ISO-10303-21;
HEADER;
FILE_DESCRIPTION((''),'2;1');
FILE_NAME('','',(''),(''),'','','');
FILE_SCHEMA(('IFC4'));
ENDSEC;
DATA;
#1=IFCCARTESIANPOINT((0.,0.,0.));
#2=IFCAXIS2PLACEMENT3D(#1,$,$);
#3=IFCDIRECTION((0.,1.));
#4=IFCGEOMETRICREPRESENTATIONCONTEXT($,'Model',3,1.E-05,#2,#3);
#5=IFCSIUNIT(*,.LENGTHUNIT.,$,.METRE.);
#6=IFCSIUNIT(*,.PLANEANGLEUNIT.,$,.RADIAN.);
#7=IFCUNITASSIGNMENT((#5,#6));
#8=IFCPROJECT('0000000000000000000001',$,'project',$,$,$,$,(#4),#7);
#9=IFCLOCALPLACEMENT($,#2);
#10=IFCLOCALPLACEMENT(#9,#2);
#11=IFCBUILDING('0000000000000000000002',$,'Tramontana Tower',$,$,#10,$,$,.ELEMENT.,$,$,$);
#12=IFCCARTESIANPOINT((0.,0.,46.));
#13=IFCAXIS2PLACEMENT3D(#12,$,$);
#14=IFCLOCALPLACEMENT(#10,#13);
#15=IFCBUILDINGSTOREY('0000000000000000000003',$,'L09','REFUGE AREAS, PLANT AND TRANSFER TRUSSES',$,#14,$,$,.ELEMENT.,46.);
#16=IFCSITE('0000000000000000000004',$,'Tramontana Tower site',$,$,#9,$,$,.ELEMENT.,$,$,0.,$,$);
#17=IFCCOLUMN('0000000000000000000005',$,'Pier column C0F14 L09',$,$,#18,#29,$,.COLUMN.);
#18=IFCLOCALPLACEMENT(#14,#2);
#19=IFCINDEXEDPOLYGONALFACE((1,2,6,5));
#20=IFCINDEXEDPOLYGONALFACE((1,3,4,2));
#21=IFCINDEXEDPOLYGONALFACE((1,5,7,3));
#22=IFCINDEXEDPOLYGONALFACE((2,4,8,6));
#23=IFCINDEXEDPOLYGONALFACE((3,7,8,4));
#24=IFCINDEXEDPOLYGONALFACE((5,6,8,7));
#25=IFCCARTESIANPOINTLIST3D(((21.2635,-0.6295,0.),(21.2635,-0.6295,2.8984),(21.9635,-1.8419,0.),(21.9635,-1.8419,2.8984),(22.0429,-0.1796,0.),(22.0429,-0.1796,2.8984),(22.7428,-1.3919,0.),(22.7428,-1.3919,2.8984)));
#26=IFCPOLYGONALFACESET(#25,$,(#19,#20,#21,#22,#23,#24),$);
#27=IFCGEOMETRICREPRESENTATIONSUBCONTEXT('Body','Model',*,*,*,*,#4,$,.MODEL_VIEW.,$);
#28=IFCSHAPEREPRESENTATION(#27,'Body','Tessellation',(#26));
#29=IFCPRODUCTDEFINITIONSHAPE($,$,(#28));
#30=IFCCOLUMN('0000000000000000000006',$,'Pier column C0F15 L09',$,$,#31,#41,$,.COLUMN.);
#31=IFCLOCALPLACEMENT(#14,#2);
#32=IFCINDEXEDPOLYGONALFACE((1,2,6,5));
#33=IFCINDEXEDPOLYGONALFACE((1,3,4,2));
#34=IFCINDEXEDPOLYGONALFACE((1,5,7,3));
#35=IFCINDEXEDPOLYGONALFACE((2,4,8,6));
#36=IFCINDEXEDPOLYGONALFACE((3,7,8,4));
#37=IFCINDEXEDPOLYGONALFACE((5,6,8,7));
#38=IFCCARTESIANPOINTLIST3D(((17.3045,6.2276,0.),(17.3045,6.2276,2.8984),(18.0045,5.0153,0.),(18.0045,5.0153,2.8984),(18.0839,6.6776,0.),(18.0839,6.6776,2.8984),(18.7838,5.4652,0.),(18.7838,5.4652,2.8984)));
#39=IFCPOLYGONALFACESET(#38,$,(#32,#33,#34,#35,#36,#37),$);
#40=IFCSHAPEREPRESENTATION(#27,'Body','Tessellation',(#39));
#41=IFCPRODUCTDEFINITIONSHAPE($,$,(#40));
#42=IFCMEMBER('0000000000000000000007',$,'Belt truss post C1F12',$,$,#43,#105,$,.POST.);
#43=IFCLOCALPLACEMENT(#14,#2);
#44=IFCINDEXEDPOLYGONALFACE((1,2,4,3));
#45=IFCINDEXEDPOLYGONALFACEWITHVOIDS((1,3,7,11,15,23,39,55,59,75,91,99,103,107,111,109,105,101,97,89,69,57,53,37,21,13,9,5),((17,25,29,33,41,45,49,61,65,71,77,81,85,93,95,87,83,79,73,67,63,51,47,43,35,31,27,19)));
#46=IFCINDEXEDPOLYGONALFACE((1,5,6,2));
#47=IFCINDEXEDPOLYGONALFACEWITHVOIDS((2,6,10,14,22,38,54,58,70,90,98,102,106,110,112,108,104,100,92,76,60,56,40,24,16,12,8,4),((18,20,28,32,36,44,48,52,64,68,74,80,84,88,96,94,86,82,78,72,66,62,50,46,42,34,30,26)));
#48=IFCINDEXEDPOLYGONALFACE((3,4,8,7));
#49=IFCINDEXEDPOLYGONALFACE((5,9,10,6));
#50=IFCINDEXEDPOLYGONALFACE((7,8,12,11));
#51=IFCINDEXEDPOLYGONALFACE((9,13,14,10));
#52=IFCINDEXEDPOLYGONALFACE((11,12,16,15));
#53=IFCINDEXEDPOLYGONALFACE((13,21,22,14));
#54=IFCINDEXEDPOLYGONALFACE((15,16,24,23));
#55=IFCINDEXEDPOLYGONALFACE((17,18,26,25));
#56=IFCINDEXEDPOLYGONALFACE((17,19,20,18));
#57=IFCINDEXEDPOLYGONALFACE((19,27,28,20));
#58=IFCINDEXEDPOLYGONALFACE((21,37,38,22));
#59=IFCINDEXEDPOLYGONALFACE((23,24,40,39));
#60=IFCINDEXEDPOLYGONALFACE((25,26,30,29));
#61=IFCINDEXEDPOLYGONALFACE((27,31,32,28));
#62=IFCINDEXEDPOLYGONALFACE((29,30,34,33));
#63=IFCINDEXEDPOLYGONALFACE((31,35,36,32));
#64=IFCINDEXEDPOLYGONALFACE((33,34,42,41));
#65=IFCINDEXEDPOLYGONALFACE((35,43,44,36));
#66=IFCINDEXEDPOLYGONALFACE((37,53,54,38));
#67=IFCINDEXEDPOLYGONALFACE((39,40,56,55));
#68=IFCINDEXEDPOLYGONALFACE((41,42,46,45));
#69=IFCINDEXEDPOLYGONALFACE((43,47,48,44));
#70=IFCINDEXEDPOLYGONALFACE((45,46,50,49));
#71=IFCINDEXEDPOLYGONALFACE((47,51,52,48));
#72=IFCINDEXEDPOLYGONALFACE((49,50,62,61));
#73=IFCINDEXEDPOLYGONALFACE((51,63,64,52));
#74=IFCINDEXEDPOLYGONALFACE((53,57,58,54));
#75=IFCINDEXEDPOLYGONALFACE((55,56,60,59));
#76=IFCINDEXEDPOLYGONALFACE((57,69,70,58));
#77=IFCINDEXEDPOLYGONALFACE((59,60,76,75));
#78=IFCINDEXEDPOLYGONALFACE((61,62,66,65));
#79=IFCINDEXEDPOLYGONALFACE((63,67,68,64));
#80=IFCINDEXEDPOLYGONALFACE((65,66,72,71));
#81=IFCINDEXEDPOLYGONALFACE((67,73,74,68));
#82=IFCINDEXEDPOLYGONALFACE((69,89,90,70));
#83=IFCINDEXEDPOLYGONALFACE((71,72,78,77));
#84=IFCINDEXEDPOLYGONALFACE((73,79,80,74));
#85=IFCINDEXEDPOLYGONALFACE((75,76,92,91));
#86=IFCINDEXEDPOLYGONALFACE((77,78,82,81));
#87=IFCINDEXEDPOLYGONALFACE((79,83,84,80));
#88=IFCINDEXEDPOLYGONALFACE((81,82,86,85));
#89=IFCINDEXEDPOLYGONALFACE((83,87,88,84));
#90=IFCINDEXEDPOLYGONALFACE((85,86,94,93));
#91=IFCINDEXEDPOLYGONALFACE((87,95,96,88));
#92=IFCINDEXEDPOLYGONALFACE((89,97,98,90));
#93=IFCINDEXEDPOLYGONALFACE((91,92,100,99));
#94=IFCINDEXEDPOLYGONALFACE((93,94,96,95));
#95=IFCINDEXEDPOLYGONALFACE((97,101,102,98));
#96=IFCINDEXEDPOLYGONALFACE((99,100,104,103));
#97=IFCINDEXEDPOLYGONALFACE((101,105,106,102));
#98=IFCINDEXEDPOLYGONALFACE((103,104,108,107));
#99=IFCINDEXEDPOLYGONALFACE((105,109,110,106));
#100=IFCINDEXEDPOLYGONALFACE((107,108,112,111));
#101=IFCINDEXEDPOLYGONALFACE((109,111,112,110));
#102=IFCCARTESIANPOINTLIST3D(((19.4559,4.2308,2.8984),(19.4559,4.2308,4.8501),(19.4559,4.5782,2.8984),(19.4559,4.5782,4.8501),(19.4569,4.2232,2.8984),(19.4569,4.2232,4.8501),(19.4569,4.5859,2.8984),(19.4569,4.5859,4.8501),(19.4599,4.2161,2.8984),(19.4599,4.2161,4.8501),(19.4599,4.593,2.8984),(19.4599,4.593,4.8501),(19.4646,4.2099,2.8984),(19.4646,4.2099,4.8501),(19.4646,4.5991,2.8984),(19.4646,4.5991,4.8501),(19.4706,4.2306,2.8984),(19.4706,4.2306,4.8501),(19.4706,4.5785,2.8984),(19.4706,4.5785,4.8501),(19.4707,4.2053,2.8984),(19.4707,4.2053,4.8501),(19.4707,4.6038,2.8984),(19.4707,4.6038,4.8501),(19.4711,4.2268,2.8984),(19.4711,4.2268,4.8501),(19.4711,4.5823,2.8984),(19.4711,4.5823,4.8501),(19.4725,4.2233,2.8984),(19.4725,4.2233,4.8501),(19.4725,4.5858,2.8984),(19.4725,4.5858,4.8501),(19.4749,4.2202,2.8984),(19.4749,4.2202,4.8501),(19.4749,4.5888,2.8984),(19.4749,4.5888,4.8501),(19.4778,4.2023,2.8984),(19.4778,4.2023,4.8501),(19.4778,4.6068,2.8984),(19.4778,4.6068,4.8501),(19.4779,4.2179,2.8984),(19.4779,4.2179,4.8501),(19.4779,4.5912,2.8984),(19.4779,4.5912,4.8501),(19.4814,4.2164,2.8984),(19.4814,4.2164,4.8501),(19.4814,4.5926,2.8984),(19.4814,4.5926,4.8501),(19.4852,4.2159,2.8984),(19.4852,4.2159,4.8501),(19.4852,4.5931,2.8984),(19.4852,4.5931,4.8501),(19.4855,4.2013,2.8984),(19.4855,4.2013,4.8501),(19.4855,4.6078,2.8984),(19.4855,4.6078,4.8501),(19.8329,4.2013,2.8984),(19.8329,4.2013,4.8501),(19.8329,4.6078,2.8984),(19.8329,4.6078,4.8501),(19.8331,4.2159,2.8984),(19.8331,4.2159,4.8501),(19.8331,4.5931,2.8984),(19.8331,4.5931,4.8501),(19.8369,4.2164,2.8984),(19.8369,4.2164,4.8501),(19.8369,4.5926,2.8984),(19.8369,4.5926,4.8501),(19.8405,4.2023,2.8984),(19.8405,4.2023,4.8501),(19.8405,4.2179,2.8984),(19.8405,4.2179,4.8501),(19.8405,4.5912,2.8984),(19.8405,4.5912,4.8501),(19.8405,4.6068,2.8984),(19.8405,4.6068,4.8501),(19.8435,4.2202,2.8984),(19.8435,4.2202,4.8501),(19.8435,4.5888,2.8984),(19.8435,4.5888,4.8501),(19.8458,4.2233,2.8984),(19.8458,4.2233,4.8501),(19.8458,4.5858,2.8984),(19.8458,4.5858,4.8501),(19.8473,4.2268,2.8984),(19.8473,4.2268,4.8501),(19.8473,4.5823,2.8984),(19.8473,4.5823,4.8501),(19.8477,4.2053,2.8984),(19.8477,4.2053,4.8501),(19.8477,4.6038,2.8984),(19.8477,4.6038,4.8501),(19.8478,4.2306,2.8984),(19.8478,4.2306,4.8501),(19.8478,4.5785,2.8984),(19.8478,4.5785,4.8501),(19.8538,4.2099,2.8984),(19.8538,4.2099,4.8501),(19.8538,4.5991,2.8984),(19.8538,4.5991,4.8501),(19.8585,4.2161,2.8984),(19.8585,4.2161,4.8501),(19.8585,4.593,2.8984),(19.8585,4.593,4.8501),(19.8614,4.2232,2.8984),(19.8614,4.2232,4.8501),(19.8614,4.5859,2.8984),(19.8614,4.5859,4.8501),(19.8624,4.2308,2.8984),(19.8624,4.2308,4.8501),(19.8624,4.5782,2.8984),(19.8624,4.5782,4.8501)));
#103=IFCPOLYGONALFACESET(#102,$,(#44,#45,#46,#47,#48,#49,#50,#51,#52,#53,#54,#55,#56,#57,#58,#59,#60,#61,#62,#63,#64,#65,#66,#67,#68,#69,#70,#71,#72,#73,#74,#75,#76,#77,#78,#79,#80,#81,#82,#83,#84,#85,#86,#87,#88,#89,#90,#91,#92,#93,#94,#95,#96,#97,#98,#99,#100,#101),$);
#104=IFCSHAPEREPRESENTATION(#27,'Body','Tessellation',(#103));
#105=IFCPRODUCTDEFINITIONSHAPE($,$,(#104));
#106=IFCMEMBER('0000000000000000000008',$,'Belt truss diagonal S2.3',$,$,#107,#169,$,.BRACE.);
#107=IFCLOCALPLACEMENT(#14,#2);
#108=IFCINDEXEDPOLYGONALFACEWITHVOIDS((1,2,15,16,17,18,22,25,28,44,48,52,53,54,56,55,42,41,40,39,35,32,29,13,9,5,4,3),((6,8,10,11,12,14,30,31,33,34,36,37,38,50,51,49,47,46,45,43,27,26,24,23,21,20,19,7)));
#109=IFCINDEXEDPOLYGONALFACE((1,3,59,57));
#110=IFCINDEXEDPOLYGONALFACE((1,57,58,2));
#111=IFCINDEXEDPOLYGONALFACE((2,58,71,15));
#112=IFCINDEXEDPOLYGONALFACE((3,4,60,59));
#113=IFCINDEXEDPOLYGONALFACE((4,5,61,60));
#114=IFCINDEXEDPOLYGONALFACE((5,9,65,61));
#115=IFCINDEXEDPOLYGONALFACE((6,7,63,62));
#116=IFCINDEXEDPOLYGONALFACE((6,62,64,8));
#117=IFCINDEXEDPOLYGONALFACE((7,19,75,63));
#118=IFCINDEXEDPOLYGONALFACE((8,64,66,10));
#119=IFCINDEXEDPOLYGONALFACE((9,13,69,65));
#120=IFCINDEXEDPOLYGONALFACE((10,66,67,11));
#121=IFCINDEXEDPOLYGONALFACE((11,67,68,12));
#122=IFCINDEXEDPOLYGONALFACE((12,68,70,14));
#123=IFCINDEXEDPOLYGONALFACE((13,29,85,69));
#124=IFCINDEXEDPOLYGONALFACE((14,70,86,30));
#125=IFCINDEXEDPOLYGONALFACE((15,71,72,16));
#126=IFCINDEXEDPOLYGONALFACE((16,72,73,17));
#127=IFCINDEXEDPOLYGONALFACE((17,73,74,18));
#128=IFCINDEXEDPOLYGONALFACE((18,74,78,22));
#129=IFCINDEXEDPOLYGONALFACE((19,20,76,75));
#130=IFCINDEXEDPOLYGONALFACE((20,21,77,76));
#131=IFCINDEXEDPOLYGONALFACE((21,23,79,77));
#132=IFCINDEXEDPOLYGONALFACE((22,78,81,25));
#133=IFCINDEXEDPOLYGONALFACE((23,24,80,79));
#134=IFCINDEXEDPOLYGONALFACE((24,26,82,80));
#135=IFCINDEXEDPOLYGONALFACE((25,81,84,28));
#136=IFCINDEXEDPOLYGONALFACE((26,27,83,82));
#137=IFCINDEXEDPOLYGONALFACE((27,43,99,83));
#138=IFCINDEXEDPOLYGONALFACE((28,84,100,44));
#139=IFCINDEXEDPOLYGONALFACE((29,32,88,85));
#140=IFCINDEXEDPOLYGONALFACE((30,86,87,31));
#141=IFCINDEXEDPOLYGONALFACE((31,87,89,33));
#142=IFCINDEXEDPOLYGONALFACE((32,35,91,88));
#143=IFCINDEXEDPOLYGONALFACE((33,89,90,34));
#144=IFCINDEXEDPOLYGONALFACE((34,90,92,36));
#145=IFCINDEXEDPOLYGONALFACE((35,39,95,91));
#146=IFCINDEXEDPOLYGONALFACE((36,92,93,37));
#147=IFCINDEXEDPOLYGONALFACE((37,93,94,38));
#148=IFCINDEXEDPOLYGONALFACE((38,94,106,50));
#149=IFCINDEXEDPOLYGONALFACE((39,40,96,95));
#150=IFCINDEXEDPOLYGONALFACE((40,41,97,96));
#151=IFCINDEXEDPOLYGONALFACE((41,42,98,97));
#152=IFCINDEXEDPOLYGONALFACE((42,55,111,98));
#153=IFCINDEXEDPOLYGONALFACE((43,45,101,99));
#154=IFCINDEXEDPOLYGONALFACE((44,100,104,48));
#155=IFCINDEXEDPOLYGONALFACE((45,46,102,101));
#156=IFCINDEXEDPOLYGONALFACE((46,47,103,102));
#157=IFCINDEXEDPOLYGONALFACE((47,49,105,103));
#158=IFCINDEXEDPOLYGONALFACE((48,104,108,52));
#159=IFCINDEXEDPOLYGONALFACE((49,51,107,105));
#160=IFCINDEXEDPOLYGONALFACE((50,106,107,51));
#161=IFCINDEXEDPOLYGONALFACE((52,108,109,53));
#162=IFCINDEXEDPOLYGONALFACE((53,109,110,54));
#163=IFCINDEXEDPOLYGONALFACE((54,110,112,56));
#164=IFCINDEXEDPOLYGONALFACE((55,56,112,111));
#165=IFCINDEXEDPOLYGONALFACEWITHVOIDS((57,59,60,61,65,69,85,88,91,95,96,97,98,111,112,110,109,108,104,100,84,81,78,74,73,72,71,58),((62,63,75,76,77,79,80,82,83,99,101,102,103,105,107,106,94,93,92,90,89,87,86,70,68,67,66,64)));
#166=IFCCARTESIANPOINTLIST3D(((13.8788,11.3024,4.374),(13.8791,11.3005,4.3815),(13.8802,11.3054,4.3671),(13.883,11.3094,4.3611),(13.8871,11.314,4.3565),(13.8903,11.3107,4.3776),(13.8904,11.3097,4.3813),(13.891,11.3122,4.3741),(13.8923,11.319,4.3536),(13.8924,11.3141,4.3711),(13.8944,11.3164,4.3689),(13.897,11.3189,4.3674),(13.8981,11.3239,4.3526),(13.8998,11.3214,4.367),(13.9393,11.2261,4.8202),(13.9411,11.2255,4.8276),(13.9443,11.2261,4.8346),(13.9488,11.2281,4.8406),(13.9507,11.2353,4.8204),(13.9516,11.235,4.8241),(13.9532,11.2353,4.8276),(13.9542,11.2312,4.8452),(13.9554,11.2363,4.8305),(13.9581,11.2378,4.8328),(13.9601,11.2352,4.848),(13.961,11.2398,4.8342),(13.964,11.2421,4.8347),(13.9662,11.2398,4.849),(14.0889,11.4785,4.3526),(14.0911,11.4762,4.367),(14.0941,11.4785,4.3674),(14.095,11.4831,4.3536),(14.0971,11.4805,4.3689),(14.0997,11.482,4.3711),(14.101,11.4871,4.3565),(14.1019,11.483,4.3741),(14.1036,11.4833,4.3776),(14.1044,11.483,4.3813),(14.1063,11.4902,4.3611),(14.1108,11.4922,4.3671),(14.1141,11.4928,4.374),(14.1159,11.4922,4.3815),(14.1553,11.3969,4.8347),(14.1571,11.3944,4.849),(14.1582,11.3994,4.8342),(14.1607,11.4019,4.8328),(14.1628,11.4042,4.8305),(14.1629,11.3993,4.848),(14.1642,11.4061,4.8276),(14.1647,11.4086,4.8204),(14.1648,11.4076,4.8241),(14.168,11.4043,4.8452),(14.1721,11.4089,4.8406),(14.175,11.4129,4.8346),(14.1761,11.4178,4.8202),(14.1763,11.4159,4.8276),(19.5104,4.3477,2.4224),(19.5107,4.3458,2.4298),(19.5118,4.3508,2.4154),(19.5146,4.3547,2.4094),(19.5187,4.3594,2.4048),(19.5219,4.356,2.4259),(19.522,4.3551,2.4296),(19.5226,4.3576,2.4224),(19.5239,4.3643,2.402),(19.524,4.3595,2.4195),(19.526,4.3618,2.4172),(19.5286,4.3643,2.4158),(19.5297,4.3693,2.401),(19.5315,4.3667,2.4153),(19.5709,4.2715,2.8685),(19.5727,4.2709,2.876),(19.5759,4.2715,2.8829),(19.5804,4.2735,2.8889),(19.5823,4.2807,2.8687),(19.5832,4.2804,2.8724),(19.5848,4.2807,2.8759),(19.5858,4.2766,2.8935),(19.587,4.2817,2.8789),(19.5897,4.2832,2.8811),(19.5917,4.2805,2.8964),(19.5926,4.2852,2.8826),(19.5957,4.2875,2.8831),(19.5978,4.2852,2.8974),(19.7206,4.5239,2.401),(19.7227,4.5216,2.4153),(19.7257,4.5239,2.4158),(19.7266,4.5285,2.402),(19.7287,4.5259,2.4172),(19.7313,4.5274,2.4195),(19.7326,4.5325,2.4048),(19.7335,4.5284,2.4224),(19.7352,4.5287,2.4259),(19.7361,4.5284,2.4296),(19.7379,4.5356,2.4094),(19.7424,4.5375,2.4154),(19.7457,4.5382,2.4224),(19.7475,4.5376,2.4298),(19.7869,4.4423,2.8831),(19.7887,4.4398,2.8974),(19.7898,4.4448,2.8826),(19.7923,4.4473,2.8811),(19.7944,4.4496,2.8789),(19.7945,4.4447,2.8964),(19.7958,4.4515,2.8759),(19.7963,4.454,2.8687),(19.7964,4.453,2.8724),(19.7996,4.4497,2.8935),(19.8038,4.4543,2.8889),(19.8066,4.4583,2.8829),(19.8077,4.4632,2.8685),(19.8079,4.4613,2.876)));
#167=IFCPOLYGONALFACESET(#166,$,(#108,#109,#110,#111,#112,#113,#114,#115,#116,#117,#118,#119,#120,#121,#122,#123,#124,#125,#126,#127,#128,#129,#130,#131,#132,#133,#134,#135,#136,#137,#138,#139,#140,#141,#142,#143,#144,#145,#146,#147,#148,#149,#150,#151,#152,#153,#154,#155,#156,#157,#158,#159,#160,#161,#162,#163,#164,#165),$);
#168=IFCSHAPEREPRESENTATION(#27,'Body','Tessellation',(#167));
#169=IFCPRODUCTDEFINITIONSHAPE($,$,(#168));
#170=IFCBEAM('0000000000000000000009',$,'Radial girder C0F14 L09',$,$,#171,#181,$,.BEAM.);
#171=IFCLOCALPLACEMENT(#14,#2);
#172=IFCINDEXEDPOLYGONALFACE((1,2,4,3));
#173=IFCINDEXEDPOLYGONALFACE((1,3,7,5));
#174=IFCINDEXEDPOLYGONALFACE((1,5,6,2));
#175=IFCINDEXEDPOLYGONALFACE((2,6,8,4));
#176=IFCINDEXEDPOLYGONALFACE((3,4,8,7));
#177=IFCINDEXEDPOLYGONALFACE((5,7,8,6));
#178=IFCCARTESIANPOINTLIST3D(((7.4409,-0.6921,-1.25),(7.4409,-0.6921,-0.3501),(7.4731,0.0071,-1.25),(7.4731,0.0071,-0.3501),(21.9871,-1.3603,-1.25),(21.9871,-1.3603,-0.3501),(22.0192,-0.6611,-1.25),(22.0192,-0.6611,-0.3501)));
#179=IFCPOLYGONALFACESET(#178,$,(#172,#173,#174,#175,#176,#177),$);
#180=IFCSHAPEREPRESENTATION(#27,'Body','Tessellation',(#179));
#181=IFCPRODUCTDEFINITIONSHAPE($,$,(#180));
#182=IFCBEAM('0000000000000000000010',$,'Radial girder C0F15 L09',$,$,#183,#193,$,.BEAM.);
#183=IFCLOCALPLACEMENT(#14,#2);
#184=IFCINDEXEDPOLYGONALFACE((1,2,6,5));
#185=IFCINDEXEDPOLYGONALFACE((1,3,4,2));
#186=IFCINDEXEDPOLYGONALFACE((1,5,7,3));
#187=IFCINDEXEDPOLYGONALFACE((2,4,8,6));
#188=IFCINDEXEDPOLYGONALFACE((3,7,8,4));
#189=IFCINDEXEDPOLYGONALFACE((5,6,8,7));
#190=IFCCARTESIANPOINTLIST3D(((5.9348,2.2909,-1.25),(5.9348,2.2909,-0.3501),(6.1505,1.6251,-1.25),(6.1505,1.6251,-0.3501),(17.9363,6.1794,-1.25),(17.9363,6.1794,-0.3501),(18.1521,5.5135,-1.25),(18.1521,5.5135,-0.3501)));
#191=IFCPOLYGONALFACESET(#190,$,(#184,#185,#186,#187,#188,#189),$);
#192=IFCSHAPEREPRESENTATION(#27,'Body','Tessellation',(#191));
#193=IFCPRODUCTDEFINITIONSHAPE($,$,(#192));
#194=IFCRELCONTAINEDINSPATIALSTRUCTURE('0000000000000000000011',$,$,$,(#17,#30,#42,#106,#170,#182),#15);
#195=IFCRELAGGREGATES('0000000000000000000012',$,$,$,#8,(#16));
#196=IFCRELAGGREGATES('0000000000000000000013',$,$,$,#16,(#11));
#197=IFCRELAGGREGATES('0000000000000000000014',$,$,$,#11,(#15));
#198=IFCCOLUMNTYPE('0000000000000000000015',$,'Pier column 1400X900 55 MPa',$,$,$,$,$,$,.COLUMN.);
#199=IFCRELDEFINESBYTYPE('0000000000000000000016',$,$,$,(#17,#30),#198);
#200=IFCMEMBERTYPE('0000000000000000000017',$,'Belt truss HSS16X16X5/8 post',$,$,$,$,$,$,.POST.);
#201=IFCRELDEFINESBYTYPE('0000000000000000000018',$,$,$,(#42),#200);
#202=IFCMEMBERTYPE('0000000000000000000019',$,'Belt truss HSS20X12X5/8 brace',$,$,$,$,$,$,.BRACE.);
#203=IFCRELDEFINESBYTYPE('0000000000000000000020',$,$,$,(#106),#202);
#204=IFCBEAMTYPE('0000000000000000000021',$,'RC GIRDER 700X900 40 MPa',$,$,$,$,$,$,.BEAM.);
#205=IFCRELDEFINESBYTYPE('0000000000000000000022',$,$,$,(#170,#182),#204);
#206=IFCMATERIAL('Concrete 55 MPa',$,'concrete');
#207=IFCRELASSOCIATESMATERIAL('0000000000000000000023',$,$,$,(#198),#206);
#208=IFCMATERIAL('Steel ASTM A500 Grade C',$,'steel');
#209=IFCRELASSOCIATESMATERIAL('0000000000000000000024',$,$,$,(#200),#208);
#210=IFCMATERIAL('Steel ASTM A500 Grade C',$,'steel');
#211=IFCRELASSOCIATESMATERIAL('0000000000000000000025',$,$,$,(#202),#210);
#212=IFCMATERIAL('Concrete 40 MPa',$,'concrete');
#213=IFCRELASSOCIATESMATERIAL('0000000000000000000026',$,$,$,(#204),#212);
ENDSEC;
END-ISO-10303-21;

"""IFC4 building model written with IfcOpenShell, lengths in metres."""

from ifc_helpers import new_model, si_unit, direction, frame, origin, origin_2d, place, context, subcontext, project, spatial, rectangle, hollow_rectangle, extrude, material, material_profile, profile_set, type_object, element, save


model = new_model("IFC4")

# Units and contexts
model_context = context("Model", 3, precision=1e-05, world=origin(), true_north=direction((0.0, 1.0)))
body_context = subcontext(model_context, "Body", "Model", "MODEL_VIEW")
ifc_project = project(units=[si_unit("LENGTHUNIT", "METRE"), si_unit("PLANEANGLEUNIT", "RADIAN")], contexts=[model_context])

# Site, building, storey
site_placement = place(None, origin())
site = spatial("IfcSite", under=ifc_project, at=site_placement, Name="Tramontana Tower site", CompositionType="ELEMENT", RefElevation=0.0)
building_placement = place(site_placement, origin())
building = spatial("IfcBuilding", under=site, at=building_placement, Name="Tramontana Tower", CompositionType="ELEMENT")
storey_placement = place(building_placement, frame((0.0, 0.0, 46.0)))
storey = spatial("IfcBuildingStorey", under=building, at=storey_placement, Name="L09", Description="REFUGE AREAS, PLANT AND TRANSFER TRUSSES", CompositionType="ELEMENT", Elevation=46.0)

# Columns
ifc_material_1 = material(Name="Concrete 55 MPa", Category="concrete")
ifc_material_profile_1 = material_profile(ifc_material_1, rectangle(XDim=1.3999, YDim=0.8999, at=origin_2d()), Name="Pier column 1400X900 55 MPa")
ifc_profile_set_1 = profile_set([ifc_material_profile_1], Name="Concrete 55 MPa")
column_type = type_object("IfcColumnType", Name="Pier column 1400X900 55 MPa", PredefinedType="COLUMN", material=ifc_profile_set_1)
for number, where, z_axis, x_axis, name in (
    (1, (22.0032, -1.0107, 0.0), (0.0, 0.0, 1.0), (-0.5, 0.866025, 0.0), "Pier column C0F14 L09"),
    (2, (18.0442, 5.8464, 0.0), (0.0, 0.0, 1.0), (-0.5, 0.866025, 0.0), "Pier column C0F15 L09"),
):
    element("IfcColumn", number, at=place(storey_placement, frame(where, z_axis=z_axis, x_axis=x_axis)), inside=storey, type_object=column_type, Name=name, PredefinedType="COLUMN", context=body_context, shape_type="SweptSolid", body=[
        extrude(rectangle(XDim=1.3999, YDim=0.8999, at=origin_2d()), origin(), (0.0, 0.0, 1.0), 2.8984),
    ])

# Members
ifc_material_2 = material(Name="Steel ASTM A500 Grade C", Category="steel")
ifc_material_profile_2 = material_profile(ifc_material_2, hollow_rectangle(XDim=0.4065, YDim=0.4065, WallThickness=0.0146, InnerFilletRadius=0.0146, OuterFilletRadius=0.0295, at=origin_2d()), Name="HSS16X16X5/8")
ifc_profile_set_2 = profile_set([ifc_material_profile_2], Name="Steel ASTM A500 Grade C")
member_type_1 = type_object("IfcMemberType", Name="Belt truss HSS16X16X5/8 post", PredefinedType="POST", material=ifc_profile_set_2)
member_1_placement = place(storey_placement, frame((19.6592, 4.4045, 2.8984), z_axis=(0.0, 0.0, 1.0), x_axis=(1.0, 0.0, 0.0)))
element("IfcMember", 3, at=member_1_placement, inside=storey, type_object=member_type_1, Name="Belt truss post C1F12", PredefinedType="POST", context=body_context, shape_type="SweptSolid", body=[
    extrude(hollow_rectangle(XDim=0.4065, YDim=0.4065, WallThickness=0.0146, InnerFilletRadius=0.0146, OuterFilletRadius=0.0295, at=origin_2d()), origin(), (0.0, 0.0, 1.0), 1.9517),
])
ifc_material_3 = material(Name="Steel ASTM A500 Grade C", Category="steel")
ifc_material_profile_3 = material_profile(ifc_material_3, hollow_rectangle(XDim=0.3047, YDim=0.5081, WallThickness=0.0146, InnerFilletRadius=0.0146, OuterFilletRadius=0.0295, at=origin_2d()), Name="HSS20X12X5/8")
ifc_profile_set_3 = profile_set([ifc_material_profile_3], Name="Steel ASTM A500 Grade C")
member_type_2 = type_object("IfcMemberType", Name="Belt truss HSS20X12X5/8 brace", PredefinedType="BRACE", material=ifc_profile_set_3)
member_2_placement = place(storey_placement, frame((19.6592, 4.4045, 2.6492), z_axis=(-0.614859, 0.759305, 0.213083), x_axis=(-0.777153, -0.629312, 0.0)))
element("IfcMember", 4, at=member_2_placement, inside=storey, type_object=member_type_2, Name="Belt truss diagonal S2.3", PredefinedType="BRACE", context=body_context, shape_type="SweptSolid", body=[
    extrude(hollow_rectangle(XDim=0.3047, YDim=0.5081, WallThickness=0.0146, InnerFilletRadius=0.0146, OuterFilletRadius=0.0295, at=origin_2d()), origin(), (0.0, 0.0, 1.0), 9.1592),
])

# Beams
ifc_material_4 = material(Name="Concrete 40 MPa", Category="concrete")
ifc_material_profile_4 = material_profile(ifc_material_4, rectangle(XDim=0.7, YDim=0.8999, at=origin_2d()), Name="RC GIRDER 700X900 40 MPa")
ifc_profile_set_4 = profile_set([ifc_material_profile_4], Name="Concrete 40 MPa")
beam_type = type_object("IfcBeamType", Name="RC GIRDER 700X900 40 MPa", PredefinedType="BEAM", material=ifc_profile_set_4)
beam_1_placement = place(storey_placement, frame((22.0032, -1.0107, -0.8), z_axis=(-0.998947, 0.045889, 0.0), x_axis=(-0.045889, -0.998947, 0.0)))
element("IfcBeam", 5, at=beam_1_placement, inside=storey, type_object=beam_type, Name="Radial girder C0F14 L09", PredefinedType="BEAM", context=body_context, shape_type="SweptSolid", body=[
    extrude(rectangle(XDim=0.7, YDim=0.8999, at=origin_2d()), origin(), (0.0, 0.0, 1.0), 14.5615),
])
beam_2_placement = place(storey_placement, frame((18.0442, 5.8464, -0.8), z_axis=(-0.951314, -0.308222, 0.0), x_axis=(0.308222, -0.951314, 0.0)))
element("IfcBeam", 6, at=beam_2_placement, inside=storey, type_object=beam_type, Name="Radial girder C0F15 L09", PredefinedType="BEAM", context=body_context, shape_type="SweptSolid", body=[
    extrude(rectangle(XDim=0.7, YDim=0.8999, at=origin_2d()), origin(), (0.0, 0.0, 1.0), 12.6157),
])

save(model, "model.ifc")
